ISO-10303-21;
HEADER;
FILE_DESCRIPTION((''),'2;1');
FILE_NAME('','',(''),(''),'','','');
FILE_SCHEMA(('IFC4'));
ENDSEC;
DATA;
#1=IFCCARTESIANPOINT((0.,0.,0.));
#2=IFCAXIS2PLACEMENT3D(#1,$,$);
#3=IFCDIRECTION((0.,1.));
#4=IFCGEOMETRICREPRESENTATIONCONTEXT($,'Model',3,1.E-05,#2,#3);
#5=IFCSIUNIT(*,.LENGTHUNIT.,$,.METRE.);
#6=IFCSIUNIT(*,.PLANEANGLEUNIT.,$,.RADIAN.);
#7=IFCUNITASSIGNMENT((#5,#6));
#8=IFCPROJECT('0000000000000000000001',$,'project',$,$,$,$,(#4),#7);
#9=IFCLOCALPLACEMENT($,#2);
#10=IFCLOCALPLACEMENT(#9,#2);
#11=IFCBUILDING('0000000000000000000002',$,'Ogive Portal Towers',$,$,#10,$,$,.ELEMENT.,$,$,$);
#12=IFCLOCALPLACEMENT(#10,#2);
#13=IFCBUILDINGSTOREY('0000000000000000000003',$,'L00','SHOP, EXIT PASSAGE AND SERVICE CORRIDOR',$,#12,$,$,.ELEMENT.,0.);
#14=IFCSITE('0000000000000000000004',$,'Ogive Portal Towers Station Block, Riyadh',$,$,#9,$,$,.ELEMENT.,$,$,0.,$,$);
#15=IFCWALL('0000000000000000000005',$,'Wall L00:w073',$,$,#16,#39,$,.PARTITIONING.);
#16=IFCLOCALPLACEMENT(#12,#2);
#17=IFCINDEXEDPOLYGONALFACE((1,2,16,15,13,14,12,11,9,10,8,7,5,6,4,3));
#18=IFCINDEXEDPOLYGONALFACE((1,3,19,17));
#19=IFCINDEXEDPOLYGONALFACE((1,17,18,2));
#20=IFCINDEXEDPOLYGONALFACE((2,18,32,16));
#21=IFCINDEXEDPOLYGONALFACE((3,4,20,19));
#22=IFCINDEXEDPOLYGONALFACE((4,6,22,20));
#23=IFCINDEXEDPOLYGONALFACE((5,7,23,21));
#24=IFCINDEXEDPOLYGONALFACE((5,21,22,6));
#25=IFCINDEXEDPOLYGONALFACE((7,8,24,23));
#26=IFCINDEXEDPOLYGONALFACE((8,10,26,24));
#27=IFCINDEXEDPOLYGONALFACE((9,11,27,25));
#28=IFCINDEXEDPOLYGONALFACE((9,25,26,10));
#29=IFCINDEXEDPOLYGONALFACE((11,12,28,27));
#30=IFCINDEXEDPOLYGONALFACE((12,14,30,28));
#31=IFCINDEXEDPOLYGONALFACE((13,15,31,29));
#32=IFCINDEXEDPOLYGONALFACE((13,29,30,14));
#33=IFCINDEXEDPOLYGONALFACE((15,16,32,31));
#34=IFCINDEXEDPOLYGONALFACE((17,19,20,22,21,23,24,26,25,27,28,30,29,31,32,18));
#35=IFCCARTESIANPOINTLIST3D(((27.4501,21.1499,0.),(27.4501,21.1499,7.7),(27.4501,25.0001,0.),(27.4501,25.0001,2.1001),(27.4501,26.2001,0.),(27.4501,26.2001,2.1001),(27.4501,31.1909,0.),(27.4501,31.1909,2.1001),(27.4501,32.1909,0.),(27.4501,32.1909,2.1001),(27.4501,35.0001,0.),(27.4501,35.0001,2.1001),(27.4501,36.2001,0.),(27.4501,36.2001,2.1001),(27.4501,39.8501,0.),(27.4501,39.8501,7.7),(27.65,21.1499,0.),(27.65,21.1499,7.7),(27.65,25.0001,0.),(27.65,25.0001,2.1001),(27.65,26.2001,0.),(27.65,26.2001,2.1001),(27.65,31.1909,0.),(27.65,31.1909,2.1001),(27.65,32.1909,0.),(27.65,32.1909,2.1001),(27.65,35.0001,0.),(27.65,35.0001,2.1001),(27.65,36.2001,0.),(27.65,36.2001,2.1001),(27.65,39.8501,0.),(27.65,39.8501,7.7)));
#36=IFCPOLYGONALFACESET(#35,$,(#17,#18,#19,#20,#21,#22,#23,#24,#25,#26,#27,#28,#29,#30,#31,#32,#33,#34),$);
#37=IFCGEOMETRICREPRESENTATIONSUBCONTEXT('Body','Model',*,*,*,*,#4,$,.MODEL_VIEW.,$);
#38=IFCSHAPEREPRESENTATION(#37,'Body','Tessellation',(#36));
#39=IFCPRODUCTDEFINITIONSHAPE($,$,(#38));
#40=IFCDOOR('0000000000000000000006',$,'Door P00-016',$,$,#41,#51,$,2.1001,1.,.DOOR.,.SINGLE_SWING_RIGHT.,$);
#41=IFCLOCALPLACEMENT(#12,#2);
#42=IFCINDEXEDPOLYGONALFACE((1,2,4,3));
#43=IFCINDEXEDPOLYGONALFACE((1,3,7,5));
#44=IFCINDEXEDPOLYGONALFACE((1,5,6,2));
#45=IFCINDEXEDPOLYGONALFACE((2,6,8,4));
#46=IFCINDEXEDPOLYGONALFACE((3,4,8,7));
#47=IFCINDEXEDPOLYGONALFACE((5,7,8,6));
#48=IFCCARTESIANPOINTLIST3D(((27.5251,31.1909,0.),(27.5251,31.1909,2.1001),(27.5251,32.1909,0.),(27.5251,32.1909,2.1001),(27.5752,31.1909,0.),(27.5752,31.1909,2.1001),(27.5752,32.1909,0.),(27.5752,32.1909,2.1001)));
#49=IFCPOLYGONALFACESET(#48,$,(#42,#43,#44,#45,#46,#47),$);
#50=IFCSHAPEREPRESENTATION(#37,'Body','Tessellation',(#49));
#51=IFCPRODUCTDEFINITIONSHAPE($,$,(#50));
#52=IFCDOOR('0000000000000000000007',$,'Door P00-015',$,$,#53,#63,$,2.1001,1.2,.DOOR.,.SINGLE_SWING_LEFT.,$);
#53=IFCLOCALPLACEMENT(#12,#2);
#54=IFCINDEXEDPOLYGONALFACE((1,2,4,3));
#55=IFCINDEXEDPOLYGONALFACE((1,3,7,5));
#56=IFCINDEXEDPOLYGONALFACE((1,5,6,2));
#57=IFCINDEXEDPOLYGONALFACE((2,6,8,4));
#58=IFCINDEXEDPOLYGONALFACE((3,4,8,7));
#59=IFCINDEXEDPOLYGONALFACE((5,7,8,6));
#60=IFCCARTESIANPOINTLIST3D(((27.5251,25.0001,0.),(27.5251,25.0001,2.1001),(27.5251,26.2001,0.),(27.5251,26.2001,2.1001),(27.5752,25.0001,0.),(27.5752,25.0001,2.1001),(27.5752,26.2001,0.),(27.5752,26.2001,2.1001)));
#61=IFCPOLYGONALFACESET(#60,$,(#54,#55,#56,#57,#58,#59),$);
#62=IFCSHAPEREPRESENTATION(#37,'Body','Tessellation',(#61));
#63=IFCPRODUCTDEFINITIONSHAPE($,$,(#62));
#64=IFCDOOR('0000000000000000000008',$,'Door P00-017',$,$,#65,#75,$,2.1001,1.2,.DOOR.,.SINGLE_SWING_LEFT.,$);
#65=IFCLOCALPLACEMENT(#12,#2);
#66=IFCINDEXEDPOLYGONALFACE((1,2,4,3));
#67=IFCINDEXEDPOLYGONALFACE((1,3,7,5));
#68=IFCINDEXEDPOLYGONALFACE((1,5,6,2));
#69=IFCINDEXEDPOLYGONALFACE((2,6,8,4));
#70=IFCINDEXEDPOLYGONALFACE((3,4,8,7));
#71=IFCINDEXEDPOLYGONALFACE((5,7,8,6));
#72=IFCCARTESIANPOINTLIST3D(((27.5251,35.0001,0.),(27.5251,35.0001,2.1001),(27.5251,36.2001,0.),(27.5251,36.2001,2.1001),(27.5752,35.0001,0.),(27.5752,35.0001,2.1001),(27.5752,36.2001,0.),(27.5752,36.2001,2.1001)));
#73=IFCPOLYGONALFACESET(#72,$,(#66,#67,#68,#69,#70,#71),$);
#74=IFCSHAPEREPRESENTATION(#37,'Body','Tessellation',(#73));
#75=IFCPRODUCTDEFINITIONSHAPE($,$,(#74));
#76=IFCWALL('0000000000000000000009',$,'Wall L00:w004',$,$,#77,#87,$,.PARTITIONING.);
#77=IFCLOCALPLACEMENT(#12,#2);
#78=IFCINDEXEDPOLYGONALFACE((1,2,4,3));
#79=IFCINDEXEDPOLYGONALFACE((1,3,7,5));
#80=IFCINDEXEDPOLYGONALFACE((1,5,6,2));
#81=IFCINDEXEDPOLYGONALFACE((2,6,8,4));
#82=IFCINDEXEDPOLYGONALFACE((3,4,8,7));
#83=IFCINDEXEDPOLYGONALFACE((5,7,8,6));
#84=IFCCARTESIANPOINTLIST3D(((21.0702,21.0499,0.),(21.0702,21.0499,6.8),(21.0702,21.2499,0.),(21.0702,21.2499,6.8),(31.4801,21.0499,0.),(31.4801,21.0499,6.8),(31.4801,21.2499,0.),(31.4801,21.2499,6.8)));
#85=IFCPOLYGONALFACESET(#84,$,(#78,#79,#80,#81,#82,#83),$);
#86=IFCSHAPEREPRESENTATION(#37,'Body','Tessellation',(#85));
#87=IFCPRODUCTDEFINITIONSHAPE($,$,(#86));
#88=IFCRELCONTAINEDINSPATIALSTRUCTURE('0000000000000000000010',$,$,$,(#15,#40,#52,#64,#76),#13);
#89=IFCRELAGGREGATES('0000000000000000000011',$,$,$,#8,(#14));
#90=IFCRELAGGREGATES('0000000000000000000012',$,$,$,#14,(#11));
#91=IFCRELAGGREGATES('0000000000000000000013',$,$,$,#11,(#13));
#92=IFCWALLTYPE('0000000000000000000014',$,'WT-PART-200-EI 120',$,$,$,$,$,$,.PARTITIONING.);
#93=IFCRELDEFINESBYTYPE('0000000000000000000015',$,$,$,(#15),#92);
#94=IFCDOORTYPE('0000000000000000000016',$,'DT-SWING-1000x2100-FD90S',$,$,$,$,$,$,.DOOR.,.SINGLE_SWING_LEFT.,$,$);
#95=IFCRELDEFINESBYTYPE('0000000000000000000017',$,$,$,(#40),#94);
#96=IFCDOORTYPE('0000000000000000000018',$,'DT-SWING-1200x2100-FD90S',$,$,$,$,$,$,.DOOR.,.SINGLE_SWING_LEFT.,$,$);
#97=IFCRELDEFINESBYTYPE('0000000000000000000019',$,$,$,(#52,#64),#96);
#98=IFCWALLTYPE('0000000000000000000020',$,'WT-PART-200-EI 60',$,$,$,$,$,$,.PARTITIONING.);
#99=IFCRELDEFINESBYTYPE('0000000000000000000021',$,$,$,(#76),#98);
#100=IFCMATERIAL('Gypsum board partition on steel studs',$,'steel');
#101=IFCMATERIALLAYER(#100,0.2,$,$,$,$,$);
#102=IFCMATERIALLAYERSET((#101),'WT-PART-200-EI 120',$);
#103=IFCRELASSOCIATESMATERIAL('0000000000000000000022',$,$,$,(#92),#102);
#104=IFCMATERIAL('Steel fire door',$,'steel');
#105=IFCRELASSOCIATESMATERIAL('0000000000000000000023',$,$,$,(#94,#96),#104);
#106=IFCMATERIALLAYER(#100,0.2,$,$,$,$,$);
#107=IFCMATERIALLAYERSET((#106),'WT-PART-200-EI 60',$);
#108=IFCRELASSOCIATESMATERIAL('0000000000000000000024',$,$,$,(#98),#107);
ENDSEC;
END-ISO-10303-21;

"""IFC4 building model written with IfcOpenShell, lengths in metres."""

from ifc_helpers import new_model, si_unit, direction, frame, frame_2d, origin, place, context, subcontext, project, spatial, rectangle, extrude, material, layer, layer_set, type_object, element, fill, save


model = new_model("IFC4")

# Units and contexts
model_context = context("Model", 3, precision=1e-05, world=origin(), true_north=direction((0.0, 1.0)))
body_context = subcontext(model_context, "Body", "Model", "MODEL_VIEW")
ifc_project = project(units=[si_unit("LENGTHUNIT", "METRE"), si_unit("PLANEANGLEUNIT", "RADIAN")], contexts=[model_context])

# Site, building, storey
site_placement = place(None, origin())
site = spatial("IfcSite", under=ifc_project, at=site_placement, Name="Ogive Portal Towers Station Block, Riyadh", CompositionType="ELEMENT", RefElevation=0.0)
building_placement = place(site_placement, origin())
building = spatial("IfcBuilding", under=site, at=building_placement, Name="Ogive Portal Towers", CompositionType="ELEMENT")
storey_placement = place(building_placement, origin())
storey = spatial("IfcBuildingStorey", under=building, at=storey_placement, Name="L00", Description="SHOP, EXIT PASSAGE AND SERVICE CORRIDOR", CompositionType="ELEMENT", Elevation=0.0)

# Wall, openings, doors
ifc_material_1 = material(Name="Gypsum board partition on steel studs", Category="steel")
ifc_layer_1 = layer(ifc_material_1, 0.2)
ifc_layer_set_1 = layer_set([ifc_layer_1], Name="WT-PART-200-EI 120")
wall_type_1 = type_object("IfcWallType", Name="WT-PART-200-EI 120", PredefinedType="PARTITIONING", material=ifc_layer_set_1)
wall_1_placement = place(storey_placement, frame((27.55, 21.1499, 0.0), z_axis=(0.0, 0.0, 1.0), x_axis=(0.0, 1.0, 0.0)))
wall_1 = element("IfcWall", 1, at=wall_1_placement, inside=storey, type_object=wall_type_1, Name="Wall L00:w073", PredefinedType="PARTITIONING", context=body_context, shape_type="SweptSolid", body=[
    extrude(rectangle(XDim=18.7002, YDim=0.2, at=frame_2d((9.3501, 0.0))), origin(), (0.0, 0.0, 1.0), 7.7),
])
opening_1_placement = place(wall_1_placement, frame((3.8501, 0.0, 0.0)))
opening_1 = element("IfcOpeningElement", 2, at=opening_1_placement, cuts=wall_1, PredefinedType="OPENING", context=body_context, shape_type="SweptSolid", body=[
    extrude(rectangle(XDim=1.2, YDim=2.1001, at=frame_2d((0.6001, 1.05))), frame((0.0, 0.1099, 0.0), z_axis=(0.0, -1.0, 0.0), x_axis=(1.0, 0.0, 0.0)), (0.0, 0.0, 1.0), 0.22),
])
opening_2_placement = place(wall_1_placement, frame((10.041, 0.0, 0.0)))
opening_2 = element("IfcOpeningElement", 3, at=opening_2_placement, cuts=wall_1, PredefinedType="OPENING", context=body_context, shape_type="SweptSolid", body=[
    extrude(rectangle(XDim=1.0, YDim=2.1001, at=frame_2d((0.5, 1.05))), frame((0.0, 0.1099, 0.0), z_axis=(0.0, -1.0, 0.0), x_axis=(1.0, 0.0, 0.0)), (0.0, 0.0, 1.0), 0.22),
])
opening_3_placement = place(wall_1_placement, frame((13.8501, 0.0, 0.0)))
opening_3 = element("IfcOpeningElement", 4, at=opening_3_placement, cuts=wall_1, PredefinedType="OPENING", context=body_context, shape_type="SweptSolid", body=[
    extrude(rectangle(XDim=1.2, YDim=2.1001, at=frame_2d((0.6001, 1.05))), frame((0.0, 0.1099, 0.0), z_axis=(0.0, -1.0, 0.0), x_axis=(1.0, 0.0, 0.0)), (0.0, 0.0, 1.0), 0.22),
])
ifc_material_2 = material(Name="Steel fire door", Category="steel")
door_type_1 = type_object("IfcDoorType", Name="DT-SWING-1000x2100-FD90S", OperationType="SINGLE_SWING_LEFT", PredefinedType="DOOR", material=ifc_material_2)
door_1_placement = place(opening_2_placement, origin())
door_1 = element("IfcDoor", 5, at=door_1_placement, inside=storey, type_object=door_type_1, Name="Door P00-016", OperationType="SINGLE_SWING_RIGHT", OverallHeight=2.1001, OverallWidth=1.0, PredefinedType="DOOR", context=body_context, shape_type="SweptSolid", body=[
    extrude(rectangle(XDim=1.0, YDim=2.1001, at=frame_2d((0.5, 1.05))), frame((0.0, 0.0249, 0.0), z_axis=(0.0, -1.0, 0.0), x_axis=(1.0, 0.0, 0.0)), (0.0, 0.0, 1.0), 0.05),
])
fill(opening_2, door_1)
door_type_2 = type_object("IfcDoorType", Name="DT-SWING-1200x2100-FD90S", OperationType="SINGLE_SWING_LEFT", PredefinedType="DOOR", material=ifc_material_2)
door_2_placement = place(opening_1_placement, origin())
door_2 = element("IfcDoor", 6, at=door_2_placement, inside=storey, type_object=door_type_2, Name="Door P00-015", OperationType="SINGLE_SWING_LEFT", OverallHeight=2.1001, OverallWidth=1.2, PredefinedType="DOOR", context=body_context, shape_type="SweptSolid", body=[
    extrude(rectangle(XDim=1.2, YDim=2.1001, at=frame_2d((0.6001, 1.05))), frame((0.0, 0.0249, 0.0), z_axis=(0.0, -1.0, 0.0), x_axis=(1.0, 0.0, 0.0)), (0.0, 0.0, 1.0), 0.05),
])
fill(opening_1, door_2)
door_3_placement = place(opening_3_placement, origin())
door_3 = element("IfcDoor", 7, at=door_3_placement, inside=storey, type_object=door_type_2, Name="Door P00-017", OperationType="SINGLE_SWING_LEFT", OverallHeight=2.1001, OverallWidth=1.2, PredefinedType="DOOR", context=body_context, shape_type="SweptSolid", body=[
    extrude(rectangle(XDim=1.2, YDim=2.1001, at=frame_2d((0.6001, 1.05))), frame((0.0, 0.0249, 0.0), z_axis=(0.0, -1.0, 0.0), x_axis=(1.0, 0.0, 0.0)), (0.0, 0.0, 1.0), 0.05),
])
fill(opening_3, door_3)

# Wall
ifc_layer_2 = layer(ifc_material_1, 0.2)
ifc_layer_set_2 = layer_set([ifc_layer_2], Name="WT-PART-200-EI 60")
wall_type_2 = type_object("IfcWallType", Name="WT-PART-200-EI 60", PredefinedType="PARTITIONING", material=ifc_layer_set_2)
wall_2_placement = place(storey_placement, frame((21.0701, 21.1499, 0.0), z_axis=(0.0, 0.0, 1.0), x_axis=(1.0, 0.0, 0.0)))
element("IfcWall", 8, at=wall_2_placement, inside=storey, type_object=wall_type_2, Name="Wall L00:w004", PredefinedType="PARTITIONING", context=body_context, shape_type="SweptSolid", body=[
    extrude(rectangle(XDim=10.4099, YDim=0.2, at=frame_2d((5.2051, 0.0))), origin(), (0.0, 0.0, 1.0), 6.8),
])

save(model, "model.ifc")
